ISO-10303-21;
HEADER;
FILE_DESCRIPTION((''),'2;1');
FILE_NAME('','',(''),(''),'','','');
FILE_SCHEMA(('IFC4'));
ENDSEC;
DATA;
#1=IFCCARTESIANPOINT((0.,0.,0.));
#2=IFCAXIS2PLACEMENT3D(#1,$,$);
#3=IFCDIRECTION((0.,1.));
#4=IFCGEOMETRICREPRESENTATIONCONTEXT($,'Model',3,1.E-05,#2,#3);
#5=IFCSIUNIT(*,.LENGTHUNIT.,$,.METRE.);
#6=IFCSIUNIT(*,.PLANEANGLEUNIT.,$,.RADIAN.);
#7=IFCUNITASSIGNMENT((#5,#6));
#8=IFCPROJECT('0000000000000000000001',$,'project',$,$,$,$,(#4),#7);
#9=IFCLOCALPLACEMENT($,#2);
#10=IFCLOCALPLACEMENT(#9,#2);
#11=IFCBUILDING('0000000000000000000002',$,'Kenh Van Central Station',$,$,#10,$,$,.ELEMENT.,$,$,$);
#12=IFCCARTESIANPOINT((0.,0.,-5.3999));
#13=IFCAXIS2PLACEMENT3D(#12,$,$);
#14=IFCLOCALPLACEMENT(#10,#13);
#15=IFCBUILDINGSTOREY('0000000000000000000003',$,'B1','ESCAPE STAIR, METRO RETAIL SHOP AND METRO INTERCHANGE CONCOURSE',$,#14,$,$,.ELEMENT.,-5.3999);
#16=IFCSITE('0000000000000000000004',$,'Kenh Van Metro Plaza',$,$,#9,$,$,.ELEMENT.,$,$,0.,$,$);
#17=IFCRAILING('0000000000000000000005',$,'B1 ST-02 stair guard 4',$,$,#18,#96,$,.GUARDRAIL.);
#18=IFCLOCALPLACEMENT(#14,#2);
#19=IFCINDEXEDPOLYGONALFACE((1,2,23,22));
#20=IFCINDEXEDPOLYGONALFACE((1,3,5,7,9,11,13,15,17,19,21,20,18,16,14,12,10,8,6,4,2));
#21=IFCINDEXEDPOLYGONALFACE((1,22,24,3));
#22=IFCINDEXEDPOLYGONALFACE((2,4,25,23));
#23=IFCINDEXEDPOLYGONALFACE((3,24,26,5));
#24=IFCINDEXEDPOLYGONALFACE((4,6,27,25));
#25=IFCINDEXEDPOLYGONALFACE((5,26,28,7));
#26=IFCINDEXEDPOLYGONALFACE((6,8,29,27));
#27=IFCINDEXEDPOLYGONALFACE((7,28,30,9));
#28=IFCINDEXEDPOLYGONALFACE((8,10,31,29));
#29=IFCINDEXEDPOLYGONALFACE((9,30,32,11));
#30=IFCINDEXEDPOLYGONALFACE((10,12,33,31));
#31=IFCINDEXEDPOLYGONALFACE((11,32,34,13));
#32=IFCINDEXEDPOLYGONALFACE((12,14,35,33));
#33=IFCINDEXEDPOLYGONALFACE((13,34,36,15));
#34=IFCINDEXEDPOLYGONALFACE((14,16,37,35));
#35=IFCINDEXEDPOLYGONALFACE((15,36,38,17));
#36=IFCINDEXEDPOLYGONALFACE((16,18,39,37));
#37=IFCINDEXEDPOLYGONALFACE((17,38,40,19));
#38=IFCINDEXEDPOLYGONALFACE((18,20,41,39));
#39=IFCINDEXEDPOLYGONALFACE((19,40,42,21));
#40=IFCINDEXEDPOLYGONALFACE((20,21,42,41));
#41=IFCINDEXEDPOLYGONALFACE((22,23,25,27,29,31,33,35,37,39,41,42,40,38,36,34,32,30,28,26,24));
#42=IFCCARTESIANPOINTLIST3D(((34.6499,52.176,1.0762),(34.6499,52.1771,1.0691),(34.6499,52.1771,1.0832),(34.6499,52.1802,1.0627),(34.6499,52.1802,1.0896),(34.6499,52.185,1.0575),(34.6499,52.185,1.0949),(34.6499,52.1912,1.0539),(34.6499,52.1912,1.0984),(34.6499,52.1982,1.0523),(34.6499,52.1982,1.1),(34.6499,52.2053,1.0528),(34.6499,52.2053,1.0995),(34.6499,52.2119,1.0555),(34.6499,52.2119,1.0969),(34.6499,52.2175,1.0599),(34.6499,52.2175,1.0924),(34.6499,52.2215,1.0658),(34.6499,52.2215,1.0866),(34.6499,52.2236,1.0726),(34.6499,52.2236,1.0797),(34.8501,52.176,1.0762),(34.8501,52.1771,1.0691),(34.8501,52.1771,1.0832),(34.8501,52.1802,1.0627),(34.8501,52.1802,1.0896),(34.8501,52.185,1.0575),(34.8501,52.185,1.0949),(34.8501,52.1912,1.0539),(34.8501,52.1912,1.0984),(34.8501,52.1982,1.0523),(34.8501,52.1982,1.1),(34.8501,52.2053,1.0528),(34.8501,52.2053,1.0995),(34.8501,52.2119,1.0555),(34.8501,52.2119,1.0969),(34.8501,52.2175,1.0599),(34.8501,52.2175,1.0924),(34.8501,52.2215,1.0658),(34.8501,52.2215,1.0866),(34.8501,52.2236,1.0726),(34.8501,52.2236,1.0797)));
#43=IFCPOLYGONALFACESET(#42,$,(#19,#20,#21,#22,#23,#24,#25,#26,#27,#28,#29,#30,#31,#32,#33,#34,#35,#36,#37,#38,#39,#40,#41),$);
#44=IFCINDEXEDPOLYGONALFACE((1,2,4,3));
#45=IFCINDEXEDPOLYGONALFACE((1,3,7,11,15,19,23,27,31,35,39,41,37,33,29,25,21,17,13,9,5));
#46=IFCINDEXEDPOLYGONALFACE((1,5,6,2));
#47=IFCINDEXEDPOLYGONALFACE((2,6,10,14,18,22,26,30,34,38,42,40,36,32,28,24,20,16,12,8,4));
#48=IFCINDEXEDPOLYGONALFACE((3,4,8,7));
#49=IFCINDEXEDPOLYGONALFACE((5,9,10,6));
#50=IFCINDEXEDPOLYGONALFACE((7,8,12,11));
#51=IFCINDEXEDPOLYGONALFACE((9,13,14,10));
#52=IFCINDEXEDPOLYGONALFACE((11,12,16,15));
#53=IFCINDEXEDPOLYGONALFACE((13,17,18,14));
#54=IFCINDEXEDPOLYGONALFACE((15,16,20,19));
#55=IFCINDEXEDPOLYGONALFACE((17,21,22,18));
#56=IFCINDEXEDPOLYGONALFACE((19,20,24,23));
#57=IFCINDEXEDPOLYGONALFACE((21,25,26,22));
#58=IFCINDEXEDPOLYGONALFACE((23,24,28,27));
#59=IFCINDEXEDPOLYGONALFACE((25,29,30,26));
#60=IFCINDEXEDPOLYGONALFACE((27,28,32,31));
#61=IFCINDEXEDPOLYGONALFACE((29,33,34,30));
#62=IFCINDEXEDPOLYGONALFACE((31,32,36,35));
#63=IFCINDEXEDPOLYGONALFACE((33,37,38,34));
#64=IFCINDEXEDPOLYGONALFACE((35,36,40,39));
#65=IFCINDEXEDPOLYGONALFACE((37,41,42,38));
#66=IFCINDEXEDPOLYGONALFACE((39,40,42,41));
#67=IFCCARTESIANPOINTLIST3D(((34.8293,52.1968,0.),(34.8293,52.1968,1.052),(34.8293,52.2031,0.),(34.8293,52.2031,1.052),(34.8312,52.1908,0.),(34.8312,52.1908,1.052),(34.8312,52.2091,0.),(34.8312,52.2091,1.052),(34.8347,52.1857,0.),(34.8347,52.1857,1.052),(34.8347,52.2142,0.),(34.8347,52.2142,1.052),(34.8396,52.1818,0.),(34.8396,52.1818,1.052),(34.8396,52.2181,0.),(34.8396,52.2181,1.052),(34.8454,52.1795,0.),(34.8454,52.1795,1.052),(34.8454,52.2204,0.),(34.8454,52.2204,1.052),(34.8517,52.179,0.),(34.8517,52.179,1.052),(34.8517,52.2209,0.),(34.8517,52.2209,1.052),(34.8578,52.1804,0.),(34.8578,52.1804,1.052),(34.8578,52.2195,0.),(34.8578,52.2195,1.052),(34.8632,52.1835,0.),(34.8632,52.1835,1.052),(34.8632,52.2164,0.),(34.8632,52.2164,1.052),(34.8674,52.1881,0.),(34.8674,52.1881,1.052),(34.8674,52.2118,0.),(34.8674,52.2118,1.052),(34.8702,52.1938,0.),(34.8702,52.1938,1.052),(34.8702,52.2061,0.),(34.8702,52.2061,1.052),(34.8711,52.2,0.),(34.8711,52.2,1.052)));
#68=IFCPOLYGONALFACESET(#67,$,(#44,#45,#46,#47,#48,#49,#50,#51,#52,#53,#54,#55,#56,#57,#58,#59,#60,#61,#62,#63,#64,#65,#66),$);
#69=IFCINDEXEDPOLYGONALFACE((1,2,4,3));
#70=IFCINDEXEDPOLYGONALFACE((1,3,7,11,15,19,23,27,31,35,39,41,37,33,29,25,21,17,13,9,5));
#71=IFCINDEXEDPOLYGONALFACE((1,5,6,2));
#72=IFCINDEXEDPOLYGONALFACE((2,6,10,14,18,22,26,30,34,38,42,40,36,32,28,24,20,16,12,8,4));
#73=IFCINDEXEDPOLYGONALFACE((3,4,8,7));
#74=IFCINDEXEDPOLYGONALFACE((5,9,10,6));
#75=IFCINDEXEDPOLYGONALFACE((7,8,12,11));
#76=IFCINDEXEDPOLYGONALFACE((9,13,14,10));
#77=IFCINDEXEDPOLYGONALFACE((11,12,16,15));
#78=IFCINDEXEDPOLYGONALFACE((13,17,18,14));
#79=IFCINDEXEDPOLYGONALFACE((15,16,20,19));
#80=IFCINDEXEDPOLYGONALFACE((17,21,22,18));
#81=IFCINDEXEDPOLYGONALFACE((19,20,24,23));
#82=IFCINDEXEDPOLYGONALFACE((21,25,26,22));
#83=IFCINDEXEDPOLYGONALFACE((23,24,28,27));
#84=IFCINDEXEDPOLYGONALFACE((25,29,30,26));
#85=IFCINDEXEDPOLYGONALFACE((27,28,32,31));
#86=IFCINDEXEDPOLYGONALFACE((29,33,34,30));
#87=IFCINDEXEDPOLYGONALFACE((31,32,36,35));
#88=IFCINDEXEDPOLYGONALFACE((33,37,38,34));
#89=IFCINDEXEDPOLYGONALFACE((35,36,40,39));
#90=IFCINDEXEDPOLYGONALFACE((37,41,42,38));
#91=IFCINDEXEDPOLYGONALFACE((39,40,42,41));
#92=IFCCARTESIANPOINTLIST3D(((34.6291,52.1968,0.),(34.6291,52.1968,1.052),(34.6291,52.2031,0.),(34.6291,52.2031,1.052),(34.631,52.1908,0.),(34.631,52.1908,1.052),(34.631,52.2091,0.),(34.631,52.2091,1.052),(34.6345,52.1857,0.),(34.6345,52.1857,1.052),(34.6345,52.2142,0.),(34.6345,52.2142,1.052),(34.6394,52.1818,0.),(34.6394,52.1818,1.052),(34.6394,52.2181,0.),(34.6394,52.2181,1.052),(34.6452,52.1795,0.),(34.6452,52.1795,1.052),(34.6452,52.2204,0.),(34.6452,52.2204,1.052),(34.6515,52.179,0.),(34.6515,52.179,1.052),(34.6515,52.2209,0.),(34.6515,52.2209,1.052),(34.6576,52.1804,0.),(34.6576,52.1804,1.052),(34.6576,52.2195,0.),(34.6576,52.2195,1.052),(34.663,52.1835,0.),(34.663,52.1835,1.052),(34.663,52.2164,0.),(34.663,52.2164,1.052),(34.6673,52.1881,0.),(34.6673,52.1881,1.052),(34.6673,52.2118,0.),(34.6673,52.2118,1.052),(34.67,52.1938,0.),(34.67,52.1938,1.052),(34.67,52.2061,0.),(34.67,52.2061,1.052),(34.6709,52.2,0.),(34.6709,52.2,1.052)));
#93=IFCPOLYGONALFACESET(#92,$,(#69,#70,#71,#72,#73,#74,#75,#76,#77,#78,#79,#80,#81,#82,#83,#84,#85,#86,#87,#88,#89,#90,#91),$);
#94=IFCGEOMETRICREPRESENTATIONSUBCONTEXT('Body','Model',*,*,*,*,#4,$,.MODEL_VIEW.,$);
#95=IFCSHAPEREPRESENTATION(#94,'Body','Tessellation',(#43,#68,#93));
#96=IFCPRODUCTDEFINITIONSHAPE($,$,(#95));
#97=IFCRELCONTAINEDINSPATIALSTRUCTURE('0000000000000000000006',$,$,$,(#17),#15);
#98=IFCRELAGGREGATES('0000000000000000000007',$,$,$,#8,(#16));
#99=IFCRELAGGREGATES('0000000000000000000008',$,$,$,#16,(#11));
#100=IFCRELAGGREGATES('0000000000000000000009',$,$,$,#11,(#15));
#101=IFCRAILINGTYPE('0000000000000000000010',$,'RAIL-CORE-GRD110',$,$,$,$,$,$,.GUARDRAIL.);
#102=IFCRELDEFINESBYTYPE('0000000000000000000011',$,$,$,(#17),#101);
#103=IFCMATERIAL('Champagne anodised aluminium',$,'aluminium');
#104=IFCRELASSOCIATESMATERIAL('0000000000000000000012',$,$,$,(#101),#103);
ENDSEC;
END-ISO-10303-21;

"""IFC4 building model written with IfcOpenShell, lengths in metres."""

from ifc_helpers import new_model, si_unit, direction, frame, origin, origin_2d, place, context, subcontext, project, spatial, circle, extrude, material, type_object, element, save


model = new_model("IFC4")

# Units and contexts
model_context = context("Model", 3, precision=1e-05, world=origin(), true_north=direction((0.0, 1.0)))
body_context = subcontext(model_context, "Body", "Model", "MODEL_VIEW")
ifc_project = project(units=[si_unit("LENGTHUNIT", "METRE"), si_unit("PLANEANGLEUNIT", "RADIAN")], contexts=[model_context])

# Site, building, storey
site_placement = place(None, origin())
site = spatial("IfcSite", under=ifc_project, at=site_placement, Name="Kenh Van Metro Plaza", CompositionType="ELEMENT", RefElevation=0.0)
building_placement = place(site_placement, origin())
building = spatial("IfcBuilding", under=site, at=building_placement, Name="Kenh Van Central Station", CompositionType="ELEMENT")
storey_placement = place(building_placement, frame((0.0, 0.0, -5.3999)))
storey = spatial("IfcBuildingStorey", under=building, at=storey_placement, Name="B1", Description="ESCAPE STAIR, METRO RETAIL SHOP AND METRO INTERCHANGE CONCOURSE", CompositionType="ELEMENT", Elevation=-5.3999)

# Shared definitions
ifc_material_1 = material(Name="Champagne anodised aluminium", Category="aluminium")

# Railing
railing_type_1 = type_object("IfcRailingType", Name="RAIL-CORE-GRD110", PredefinedType="GUARDRAIL", material=ifc_material_1)
railing_1_placement = place(storey_placement, frame((34.8501, 52.2, 0.0)))
element("IfcRailing", 1, at=railing_1_placement, inside=storey, type_object=railing_type_1, Name="B1 ST-02 stair guard 4", PredefinedType="GUARDRAIL", context=body_context, shape_type="SweptSolid", body=[
    extrude(circle(Radius=0.0239, at=origin_2d()), frame((0.0, 0.0, 1.0762), z_axis=(-1.0, 0.0, 0.0), x_axis=(0.0, -1.0, 0.0)), (0.0, 0.0, 1.0), 0.2002),
    extrude(circle(Radius=0.021, at=origin_2d()), origin(), (0.0, 0.0, 1.0), 1.052),
    extrude(circle(Radius=0.021, at=origin_2d()), frame((-0.2002, 0.0, 0.0)), (0.0, 0.0, 1.0), 1.052),
])

save(model, "model.ifc")
